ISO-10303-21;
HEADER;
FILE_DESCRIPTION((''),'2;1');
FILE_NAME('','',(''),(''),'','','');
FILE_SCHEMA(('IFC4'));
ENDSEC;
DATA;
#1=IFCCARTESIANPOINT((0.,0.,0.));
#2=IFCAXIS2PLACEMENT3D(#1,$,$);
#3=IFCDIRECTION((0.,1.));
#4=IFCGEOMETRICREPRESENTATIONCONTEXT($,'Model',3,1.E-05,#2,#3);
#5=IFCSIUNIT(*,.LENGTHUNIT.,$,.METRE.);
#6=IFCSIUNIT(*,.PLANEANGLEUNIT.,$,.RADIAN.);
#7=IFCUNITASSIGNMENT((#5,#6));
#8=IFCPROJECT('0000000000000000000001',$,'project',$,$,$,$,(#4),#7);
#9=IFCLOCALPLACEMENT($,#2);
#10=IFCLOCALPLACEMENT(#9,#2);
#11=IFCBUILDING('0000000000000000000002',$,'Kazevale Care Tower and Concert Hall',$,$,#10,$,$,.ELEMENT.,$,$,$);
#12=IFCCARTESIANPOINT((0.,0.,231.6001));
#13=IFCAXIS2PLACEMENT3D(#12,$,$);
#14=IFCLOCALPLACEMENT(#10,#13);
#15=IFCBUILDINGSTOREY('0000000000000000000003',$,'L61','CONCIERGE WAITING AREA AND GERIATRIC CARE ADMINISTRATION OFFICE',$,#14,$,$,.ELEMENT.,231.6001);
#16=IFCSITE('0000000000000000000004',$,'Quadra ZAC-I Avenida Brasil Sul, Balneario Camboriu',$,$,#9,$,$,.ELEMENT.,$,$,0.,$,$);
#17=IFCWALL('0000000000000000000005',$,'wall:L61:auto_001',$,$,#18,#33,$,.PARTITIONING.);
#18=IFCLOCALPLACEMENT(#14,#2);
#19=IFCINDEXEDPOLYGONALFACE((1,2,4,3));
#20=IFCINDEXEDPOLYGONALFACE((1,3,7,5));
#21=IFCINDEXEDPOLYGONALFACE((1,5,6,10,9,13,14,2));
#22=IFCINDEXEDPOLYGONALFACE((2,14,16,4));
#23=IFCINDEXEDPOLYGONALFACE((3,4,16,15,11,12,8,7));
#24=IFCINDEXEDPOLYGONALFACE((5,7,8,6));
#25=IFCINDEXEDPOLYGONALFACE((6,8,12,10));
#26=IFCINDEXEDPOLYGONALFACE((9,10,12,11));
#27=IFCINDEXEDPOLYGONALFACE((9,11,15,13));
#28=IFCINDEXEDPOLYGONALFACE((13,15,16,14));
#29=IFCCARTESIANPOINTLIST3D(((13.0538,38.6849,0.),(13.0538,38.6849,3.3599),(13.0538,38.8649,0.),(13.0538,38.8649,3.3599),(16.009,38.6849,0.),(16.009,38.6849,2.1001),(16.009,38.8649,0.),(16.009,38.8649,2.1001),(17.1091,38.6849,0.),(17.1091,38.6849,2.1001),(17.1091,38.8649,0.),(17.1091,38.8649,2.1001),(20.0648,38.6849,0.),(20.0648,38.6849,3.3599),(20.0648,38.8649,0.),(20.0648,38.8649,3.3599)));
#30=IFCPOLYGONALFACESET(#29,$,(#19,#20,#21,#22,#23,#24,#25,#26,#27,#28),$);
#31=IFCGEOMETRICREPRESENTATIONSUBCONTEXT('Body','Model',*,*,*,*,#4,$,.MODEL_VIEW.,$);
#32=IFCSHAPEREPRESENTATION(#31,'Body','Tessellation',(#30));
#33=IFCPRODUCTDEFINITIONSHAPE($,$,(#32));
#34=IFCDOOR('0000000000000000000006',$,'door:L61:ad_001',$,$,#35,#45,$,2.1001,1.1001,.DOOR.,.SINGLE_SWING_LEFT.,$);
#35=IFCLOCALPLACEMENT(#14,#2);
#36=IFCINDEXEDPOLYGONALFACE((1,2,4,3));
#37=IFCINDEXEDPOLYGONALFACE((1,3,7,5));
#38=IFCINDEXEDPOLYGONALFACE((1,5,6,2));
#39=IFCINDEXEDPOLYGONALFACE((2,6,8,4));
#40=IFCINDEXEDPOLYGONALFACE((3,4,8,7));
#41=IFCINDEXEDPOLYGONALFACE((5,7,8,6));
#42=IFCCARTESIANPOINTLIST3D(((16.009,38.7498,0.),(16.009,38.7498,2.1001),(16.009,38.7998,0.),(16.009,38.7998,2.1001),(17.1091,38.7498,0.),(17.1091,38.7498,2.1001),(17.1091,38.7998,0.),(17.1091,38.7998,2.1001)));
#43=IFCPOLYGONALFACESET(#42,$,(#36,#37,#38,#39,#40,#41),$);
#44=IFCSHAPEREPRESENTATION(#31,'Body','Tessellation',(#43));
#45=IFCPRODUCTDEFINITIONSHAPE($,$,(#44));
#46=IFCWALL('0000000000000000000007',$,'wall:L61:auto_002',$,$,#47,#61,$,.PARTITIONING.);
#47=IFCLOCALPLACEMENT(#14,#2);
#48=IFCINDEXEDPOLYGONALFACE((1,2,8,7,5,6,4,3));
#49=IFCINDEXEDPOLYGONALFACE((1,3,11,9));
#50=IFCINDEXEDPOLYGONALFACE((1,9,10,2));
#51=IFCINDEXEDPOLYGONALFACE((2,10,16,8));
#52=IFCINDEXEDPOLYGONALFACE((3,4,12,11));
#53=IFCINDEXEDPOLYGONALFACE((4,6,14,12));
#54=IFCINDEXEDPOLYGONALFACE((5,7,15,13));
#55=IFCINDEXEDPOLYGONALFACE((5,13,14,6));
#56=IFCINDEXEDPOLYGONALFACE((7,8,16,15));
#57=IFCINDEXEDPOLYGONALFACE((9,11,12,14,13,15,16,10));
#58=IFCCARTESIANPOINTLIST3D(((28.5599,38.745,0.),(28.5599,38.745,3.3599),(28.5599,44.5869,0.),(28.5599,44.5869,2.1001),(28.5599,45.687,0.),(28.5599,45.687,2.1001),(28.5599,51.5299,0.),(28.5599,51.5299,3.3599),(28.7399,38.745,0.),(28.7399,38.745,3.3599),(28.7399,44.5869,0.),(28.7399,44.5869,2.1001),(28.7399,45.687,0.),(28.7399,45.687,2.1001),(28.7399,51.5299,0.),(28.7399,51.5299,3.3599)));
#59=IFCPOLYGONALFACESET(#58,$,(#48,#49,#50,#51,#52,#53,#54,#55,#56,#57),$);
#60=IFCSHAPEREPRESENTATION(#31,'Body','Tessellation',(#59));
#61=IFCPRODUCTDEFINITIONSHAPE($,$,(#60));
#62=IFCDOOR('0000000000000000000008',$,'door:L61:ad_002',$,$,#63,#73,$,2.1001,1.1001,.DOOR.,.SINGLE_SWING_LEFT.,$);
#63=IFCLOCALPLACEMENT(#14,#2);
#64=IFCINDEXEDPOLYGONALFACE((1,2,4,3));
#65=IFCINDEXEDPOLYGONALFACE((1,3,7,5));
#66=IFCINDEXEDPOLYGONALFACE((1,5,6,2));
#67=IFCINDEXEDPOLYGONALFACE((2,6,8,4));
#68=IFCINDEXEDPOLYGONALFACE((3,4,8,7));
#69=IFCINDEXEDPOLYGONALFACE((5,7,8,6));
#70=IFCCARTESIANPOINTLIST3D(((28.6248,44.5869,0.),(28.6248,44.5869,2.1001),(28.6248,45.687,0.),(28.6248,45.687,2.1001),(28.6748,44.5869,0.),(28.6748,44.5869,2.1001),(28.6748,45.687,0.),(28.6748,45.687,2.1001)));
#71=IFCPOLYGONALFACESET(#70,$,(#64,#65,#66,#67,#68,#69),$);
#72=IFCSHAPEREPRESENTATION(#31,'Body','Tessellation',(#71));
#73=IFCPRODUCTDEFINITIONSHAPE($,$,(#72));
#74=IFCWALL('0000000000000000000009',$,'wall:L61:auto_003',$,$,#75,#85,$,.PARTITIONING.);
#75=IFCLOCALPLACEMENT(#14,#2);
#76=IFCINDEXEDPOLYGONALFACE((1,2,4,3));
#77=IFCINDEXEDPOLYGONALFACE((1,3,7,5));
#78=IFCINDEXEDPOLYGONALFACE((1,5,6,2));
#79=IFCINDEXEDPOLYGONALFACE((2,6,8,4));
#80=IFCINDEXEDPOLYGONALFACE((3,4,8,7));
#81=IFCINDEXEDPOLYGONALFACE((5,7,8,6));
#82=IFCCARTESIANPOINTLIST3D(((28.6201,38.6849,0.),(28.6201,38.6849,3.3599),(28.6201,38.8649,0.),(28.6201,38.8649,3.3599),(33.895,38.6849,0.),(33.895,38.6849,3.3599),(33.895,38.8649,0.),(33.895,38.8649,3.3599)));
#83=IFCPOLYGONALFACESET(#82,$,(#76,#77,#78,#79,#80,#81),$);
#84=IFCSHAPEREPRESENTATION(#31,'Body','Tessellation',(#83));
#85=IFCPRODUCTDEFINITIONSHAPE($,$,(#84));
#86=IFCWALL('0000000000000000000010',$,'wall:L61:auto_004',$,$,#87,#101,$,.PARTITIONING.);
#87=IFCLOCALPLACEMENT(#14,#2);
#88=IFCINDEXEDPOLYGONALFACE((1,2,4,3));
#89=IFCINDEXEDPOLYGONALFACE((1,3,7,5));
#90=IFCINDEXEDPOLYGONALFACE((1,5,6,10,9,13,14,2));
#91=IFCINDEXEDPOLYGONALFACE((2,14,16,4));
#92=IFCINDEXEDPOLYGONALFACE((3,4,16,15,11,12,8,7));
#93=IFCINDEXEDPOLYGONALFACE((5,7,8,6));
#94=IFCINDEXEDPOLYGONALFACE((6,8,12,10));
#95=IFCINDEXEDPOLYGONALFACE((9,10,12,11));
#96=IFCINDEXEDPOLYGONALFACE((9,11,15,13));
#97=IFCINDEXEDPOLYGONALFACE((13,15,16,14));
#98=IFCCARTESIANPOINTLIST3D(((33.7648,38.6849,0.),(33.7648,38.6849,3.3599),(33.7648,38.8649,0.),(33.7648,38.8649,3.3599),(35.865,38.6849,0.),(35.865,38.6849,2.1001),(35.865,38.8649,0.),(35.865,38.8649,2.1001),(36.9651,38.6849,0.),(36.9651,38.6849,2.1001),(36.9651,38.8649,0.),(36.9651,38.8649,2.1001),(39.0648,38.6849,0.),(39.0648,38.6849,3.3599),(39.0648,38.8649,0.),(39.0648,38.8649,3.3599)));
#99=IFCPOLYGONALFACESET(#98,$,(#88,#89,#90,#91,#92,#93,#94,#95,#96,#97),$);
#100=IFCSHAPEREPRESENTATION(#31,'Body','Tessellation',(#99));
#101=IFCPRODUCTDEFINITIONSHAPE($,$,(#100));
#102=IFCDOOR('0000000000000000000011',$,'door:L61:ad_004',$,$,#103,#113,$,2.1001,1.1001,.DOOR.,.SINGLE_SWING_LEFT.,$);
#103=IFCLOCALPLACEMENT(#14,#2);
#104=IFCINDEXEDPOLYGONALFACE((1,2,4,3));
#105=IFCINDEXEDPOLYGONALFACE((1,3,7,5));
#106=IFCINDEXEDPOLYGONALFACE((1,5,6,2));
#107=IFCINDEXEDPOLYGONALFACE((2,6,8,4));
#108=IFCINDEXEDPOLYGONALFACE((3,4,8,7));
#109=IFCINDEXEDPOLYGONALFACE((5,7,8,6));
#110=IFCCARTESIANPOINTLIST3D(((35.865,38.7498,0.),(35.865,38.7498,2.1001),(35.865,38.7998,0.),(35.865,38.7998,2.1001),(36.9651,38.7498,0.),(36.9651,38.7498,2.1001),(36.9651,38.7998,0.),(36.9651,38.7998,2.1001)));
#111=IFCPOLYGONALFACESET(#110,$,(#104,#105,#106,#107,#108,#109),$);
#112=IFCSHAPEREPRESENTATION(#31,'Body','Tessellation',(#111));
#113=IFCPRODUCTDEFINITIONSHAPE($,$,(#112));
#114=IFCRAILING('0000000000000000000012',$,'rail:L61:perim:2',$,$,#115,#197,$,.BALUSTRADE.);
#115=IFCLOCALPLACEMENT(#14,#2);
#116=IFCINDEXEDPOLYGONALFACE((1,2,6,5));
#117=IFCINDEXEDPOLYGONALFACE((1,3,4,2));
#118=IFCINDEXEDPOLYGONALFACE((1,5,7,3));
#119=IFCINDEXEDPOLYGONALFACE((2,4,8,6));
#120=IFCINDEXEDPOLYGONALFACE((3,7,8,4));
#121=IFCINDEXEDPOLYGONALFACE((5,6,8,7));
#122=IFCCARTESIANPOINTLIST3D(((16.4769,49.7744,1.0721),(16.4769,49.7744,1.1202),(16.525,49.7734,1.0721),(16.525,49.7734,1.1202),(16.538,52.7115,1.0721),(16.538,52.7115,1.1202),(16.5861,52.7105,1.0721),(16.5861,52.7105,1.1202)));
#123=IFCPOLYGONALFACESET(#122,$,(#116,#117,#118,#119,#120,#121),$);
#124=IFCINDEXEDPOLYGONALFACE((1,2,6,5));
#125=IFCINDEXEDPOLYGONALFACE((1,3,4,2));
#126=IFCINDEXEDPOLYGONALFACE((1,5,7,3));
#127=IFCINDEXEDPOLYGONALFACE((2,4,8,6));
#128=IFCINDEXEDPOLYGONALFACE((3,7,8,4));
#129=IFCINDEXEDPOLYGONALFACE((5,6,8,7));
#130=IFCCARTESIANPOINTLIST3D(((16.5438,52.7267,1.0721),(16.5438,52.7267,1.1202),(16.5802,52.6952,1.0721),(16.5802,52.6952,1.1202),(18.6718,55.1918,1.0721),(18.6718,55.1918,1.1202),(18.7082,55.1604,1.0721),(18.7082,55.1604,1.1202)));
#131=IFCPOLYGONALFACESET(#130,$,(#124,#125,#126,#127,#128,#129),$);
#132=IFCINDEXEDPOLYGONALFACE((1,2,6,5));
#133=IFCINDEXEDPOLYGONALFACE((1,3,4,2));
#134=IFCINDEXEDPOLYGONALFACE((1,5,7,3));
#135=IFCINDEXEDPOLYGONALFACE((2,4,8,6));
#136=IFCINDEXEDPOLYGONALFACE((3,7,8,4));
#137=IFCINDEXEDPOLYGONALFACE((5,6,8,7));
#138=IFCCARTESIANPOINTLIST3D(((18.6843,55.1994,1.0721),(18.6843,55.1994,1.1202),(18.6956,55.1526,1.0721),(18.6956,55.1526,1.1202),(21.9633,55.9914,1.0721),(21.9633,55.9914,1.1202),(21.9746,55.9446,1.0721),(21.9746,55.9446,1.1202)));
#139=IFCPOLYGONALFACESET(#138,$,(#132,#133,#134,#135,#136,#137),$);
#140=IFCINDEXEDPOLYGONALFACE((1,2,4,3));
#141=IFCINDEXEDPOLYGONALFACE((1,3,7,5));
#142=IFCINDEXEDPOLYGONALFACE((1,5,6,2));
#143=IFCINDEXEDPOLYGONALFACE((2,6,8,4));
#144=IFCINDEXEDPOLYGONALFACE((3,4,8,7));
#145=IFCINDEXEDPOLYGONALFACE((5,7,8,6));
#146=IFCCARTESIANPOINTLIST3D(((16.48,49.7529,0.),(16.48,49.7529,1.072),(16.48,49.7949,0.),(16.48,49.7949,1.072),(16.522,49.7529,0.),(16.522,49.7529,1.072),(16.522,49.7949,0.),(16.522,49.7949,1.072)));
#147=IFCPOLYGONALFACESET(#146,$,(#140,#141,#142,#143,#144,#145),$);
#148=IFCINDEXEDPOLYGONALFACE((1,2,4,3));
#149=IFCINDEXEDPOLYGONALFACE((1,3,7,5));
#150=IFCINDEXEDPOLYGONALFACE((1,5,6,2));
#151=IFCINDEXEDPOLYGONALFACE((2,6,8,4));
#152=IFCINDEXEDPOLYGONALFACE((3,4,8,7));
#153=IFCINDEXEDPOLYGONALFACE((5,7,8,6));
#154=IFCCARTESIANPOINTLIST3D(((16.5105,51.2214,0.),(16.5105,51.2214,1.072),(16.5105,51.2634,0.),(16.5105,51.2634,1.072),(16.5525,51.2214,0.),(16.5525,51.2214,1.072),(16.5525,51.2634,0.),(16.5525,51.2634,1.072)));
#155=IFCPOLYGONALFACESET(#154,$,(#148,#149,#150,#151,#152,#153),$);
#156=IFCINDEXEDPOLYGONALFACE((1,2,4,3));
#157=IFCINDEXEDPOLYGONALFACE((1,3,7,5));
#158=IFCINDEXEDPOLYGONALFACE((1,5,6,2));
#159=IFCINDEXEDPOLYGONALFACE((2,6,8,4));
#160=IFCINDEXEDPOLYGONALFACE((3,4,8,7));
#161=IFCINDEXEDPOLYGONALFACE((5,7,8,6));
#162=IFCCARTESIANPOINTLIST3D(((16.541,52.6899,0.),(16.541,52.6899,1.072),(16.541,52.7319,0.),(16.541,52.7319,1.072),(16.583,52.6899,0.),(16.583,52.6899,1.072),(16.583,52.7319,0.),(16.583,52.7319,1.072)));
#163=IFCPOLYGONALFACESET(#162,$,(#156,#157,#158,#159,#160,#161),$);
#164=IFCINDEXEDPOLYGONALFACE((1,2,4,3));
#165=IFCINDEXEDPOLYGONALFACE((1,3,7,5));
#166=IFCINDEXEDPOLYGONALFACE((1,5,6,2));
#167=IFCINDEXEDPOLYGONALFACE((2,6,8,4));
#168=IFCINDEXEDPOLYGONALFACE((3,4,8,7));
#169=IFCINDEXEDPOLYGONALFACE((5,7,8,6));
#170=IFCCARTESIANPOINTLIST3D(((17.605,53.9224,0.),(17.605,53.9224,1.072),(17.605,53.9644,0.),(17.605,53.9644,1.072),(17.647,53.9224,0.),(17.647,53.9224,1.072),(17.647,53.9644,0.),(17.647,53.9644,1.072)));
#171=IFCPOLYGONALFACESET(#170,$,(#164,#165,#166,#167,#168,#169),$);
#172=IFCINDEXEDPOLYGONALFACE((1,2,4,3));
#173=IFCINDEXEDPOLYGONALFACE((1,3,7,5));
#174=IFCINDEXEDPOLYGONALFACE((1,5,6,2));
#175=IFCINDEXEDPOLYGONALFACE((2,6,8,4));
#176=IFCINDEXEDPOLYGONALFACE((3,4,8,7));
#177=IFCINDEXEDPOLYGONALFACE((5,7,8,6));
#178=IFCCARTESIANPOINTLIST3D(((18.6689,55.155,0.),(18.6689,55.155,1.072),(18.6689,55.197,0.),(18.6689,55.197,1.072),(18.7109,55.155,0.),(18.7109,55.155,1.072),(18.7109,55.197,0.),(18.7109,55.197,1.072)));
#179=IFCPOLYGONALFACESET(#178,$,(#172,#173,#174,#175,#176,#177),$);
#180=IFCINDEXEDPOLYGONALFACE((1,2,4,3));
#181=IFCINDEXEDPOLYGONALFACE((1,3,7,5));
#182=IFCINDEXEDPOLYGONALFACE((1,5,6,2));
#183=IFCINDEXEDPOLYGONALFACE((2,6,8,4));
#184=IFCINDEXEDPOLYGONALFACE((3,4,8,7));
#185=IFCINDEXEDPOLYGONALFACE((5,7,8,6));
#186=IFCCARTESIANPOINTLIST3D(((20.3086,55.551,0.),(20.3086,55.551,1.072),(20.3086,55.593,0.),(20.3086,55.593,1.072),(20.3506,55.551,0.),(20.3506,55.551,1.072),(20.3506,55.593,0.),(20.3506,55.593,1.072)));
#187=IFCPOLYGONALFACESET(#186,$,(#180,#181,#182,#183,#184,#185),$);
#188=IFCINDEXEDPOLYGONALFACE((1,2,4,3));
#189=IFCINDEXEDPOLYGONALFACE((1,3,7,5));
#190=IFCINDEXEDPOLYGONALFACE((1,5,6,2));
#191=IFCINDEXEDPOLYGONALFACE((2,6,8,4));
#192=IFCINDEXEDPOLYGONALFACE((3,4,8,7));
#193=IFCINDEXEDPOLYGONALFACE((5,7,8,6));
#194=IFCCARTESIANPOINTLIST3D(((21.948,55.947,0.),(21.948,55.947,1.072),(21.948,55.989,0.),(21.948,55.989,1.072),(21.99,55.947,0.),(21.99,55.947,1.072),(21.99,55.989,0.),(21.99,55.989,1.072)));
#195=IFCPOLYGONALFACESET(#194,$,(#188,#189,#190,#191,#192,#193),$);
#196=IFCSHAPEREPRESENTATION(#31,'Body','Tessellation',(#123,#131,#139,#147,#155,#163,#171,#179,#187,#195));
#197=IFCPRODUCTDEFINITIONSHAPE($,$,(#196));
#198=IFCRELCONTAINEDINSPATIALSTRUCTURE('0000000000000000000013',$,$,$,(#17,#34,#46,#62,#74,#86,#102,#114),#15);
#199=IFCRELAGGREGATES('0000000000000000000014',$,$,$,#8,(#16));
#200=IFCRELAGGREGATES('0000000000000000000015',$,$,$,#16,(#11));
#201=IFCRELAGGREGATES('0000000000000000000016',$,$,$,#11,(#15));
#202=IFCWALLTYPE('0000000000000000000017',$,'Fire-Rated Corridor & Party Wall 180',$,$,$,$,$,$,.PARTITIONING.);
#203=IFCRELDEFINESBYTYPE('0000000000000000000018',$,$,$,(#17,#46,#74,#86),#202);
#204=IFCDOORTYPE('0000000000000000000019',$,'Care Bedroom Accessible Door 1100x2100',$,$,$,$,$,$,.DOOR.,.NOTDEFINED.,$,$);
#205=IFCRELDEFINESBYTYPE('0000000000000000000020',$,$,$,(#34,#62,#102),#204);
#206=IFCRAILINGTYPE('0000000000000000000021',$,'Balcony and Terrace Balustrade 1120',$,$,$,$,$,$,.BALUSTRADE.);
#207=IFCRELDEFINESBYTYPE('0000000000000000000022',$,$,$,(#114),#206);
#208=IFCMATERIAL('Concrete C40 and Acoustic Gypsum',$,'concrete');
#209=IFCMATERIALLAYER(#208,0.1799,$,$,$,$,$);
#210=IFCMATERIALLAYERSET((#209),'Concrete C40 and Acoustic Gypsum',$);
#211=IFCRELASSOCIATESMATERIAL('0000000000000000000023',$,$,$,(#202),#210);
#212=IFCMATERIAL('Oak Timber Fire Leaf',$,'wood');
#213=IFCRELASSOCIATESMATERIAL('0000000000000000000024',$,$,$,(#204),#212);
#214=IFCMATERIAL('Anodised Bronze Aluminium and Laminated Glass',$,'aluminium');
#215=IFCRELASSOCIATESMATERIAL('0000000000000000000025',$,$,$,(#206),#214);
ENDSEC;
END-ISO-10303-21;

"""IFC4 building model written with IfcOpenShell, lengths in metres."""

from ifc_helpers import new_model, si_unit, direction, frame, frame_2d, origin, origin_2d, place, context, subcontext, project, spatial, rectangle, extrude, material, layer, layer_set, type_object, element, fill, save


model = new_model("IFC4")

# Units and contexts
model_context = context("Model", 3, precision=1e-05, world=origin(), true_north=direction((0.0, 1.0)))
body_context = subcontext(model_context, "Body", "Model", "MODEL_VIEW")
ifc_project = project(units=[si_unit("LENGTHUNIT", "METRE"), si_unit("PLANEANGLEUNIT", "RADIAN")], contexts=[model_context])

# Site, building, storey
site_placement = place(None, origin())
site = spatial("IfcSite", under=ifc_project, at=site_placement, Name="Quadra ZAC-I Avenida Brasil Sul, Balneario Camboriu", CompositionType="ELEMENT", RefElevation=0.0)
building_placement = place(site_placement, origin())
building = spatial("IfcBuilding", under=site, at=building_placement, Name="Kazevale Care Tower and Concert Hall", CompositionType="ELEMENT")
storey_placement = place(building_placement, frame((0.0, 0.0, 231.6001)))
storey = spatial("IfcBuildingStorey", under=building, at=storey_placement, Name="L61", Description="CONCIERGE WAITING AREA AND GERIATRIC CARE ADMINISTRATION OFFICE", CompositionType="ELEMENT", Elevation=231.6001)

# Walls, openings, doors
ifc_material_1 = material(Name="Concrete C40 and Acoustic Gypsum", Category="concrete")
ifc_layer_1 = layer(ifc_material_1, 0.1799)
ifc_layer_set_1 = layer_set([ifc_layer_1], Name="Concrete C40 and Acoustic Gypsum")
wall_type_1 = type_object("IfcWallType", Name="Fire-Rated Corridor & Party Wall 180", PredefinedType="PARTITIONING", material=ifc_layer_set_1)
wall_1_placement = place(storey_placement, frame((13.054, 38.7749, 0.0), z_axis=(0.0, 0.0, 1.0), x_axis=(1.0, 0.0, 0.0)))
wall_1 = element("IfcWall", 1, at=wall_1_placement, inside=storey, type_object=wall_type_1, Name="wall:L61:auto_001", PredefinedType="PARTITIONING", context=body_context, shape_type="SweptSolid", body=[
    extrude(rectangle(XDim=7.011, YDim=0.1799, at=frame_2d((3.5054, 0.0))), origin(), (0.0, 0.0, 1.0), 3.3599),
])
opening_1_placement = place(wall_1_placement, frame((2.9551, 0.0, 0.0)))
opening_1 = element("IfcOpeningElement", 2, at=opening_1_placement, cuts=wall_1, PredefinedType="OPENING", context=body_context, shape_type="SweptSolid", body=[
    extrude(rectangle(XDim=1.1001, YDim=2.1001, at=frame_2d((0.55, 1.05))), frame((0.0, 0.0999, 0.0), z_axis=(0.0, -1.0, 0.0), x_axis=(1.0, 0.0, 0.0)), (0.0, 0.0, 1.0), 0.2),
])
ifc_material_2 = material(Name="Oak Timber Fire Leaf", Category="wood")
door_type = type_object("IfcDoorType", Name="Care Bedroom Accessible Door 1100x2100", OperationType="NOTDEFINED", PredefinedType="DOOR", material=ifc_material_2)
door_1_placement = place(opening_1_placement, origin())
door_1 = element("IfcDoor", 3, at=door_1_placement, inside=storey, type_object=door_type, Name="door:L61:ad_001", OperationType="SINGLE_SWING_LEFT", OverallHeight=2.1001, OverallWidth=1.1001, PredefinedType="DOOR", context=body_context, shape_type="SweptSolid", body=[
    extrude(rectangle(XDim=1.1001, YDim=2.1001, at=frame_2d((0.55, 1.05))), frame((0.0, 0.0249, 0.0), z_axis=(0.0, -1.0, 0.0), x_axis=(1.0, 0.0, 0.0)), (0.0, 0.0, 1.0), 0.05),
])
fill(opening_1, door_1)
wall_2_placement = place(storey_placement, frame((28.6499, 51.53, 0.0), z_axis=(0.0, 0.0, 1.0), x_axis=(0.0, -1.0, 0.0)))
wall_2 = element("IfcWall", 4, at=wall_2_placement, inside=storey, type_object=wall_type_1, Name="wall:L61:auto_002", PredefinedType="PARTITIONING", context=body_context, shape_type="SweptSolid", body=[
    extrude(rectangle(XDim=12.7849, YDim=0.1799, at=frame_2d((6.3926, 0.0))), origin(), (0.0, 0.0, 1.0), 3.3599),
])
opening_2_placement = place(wall_2_placement, frame((5.843, 0.0, 0.0)))
opening_2 = element("IfcOpeningElement", 5, at=opening_2_placement, cuts=wall_2, PredefinedType="OPENING", context=body_context, shape_type="SweptSolid", body=[
    extrude(rectangle(XDim=1.1001, YDim=2.1001, at=frame_2d((0.55, 1.05))), frame((0.0, 0.0999, 0.0), z_axis=(0.0, -1.0, 0.0), x_axis=(1.0, 0.0, 0.0)), (0.0, 0.0, 1.0), 0.2),
])
door_2_placement = place(opening_2_placement, origin())
door_2 = element("IfcDoor", 6, at=door_2_placement, inside=storey, type_object=door_type, Name="door:L61:ad_002", OperationType="SINGLE_SWING_LEFT", OverallHeight=2.1001, OverallWidth=1.1001, PredefinedType="DOOR", context=body_context, shape_type="SweptSolid", body=[
    extrude(rectangle(XDim=1.1001, YDim=2.1001, at=frame_2d((0.55, 1.05))), frame((0.0, 0.0249, 0.0), z_axis=(0.0, -1.0, 0.0), x_axis=(1.0, 0.0, 0.0)), (0.0, 0.0, 1.0), 0.05),
])
fill(opening_2, door_2)

# Wall
wall_3_placement = place(storey_placement, frame((28.6201, 38.7749, 0.0), z_axis=(0.0, 0.0, 1.0), x_axis=(1.0, 0.0, 0.0)))
element("IfcWall", 7, at=wall_3_placement, inside=storey, type_object=wall_type_1, Name="wall:L61:auto_003", PredefinedType="PARTITIONING", context=body_context, shape_type="SweptSolid", body=[
    extrude(rectangle(XDim=5.2749, YDim=0.1799, at=frame_2d((2.6375, 0.0))), origin(), (0.0, 0.0, 1.0), 3.3599),
])

# Wall, opening, door
wall_4_placement = place(storey_placement, frame((33.7649, 38.7749, 0.0), z_axis=(0.0, 0.0, 1.0), x_axis=(1.0, 0.0, 0.0)))
wall_4 = element("IfcWall", 8, at=wall_4_placement, inside=storey, type_object=wall_type_1, Name="wall:L61:auto_004", PredefinedType="PARTITIONING", context=body_context, shape_type="SweptSolid", body=[
    extrude(rectangle(XDim=5.3, YDim=0.1799, at=frame_2d((2.6499, 0.0))), origin(), (0.0, 0.0, 1.0), 3.3599),
])
opening_3_placement = place(wall_4_placement, frame((2.1001, 0.0, 0.0)))
opening_3 = element("IfcOpeningElement", 9, at=opening_3_placement, cuts=wall_4, PredefinedType="OPENING", context=body_context, shape_type="SweptSolid", body=[
    extrude(rectangle(XDim=1.1001, YDim=2.1001, at=frame_2d((0.55, 1.05))), frame((0.0, 0.0999, 0.0), z_axis=(0.0, -1.0, 0.0), x_axis=(1.0, 0.0, 0.0)), (0.0, 0.0, 1.0), 0.2),
])
door_3_placement = place(opening_3_placement, origin())
door_3 = element("IfcDoor", 10, at=door_3_placement, inside=storey, type_object=door_type, Name="door:L61:ad_004", OperationType="SINGLE_SWING_LEFT", OverallHeight=2.1001, OverallWidth=1.1001, PredefinedType="DOOR", context=body_context, shape_type="SweptSolid", body=[
    extrude(rectangle(XDim=1.1001, YDim=2.1001, at=frame_2d((0.55, 1.05))), frame((0.0, 0.0249, 0.0), z_axis=(0.0, -1.0, 0.0), x_axis=(1.0, 0.0, 0.0)), (0.0, 0.0, 1.0), 0.05),
])
fill(opening_3, door_3)

# Railing
ifc_material_3 = material(Name="Anodised Bronze Aluminium and Laminated Glass", Category="aluminium")
railing_type = type_object("IfcRailingType", Name="Balcony and Terrace Balustrade 1120", PredefinedType="BALUSTRADE", material=ifc_material_3)
railing_1_placement = place(storey_placement, frame((16.501, 49.7739, 0.0)))
element("IfcRailing", 11, at=railing_1_placement, inside=storey, type_object=railing_type, Name="rail:L61:perim:2", PredefinedType="BALUSTRADE", context=body_context, shape_type="SweptSolid", body=[
    extrude(rectangle(XDim=0.0481, YDim=0.0481, at=origin_2d()), frame((0.0, 0.0, 1.0962), z_axis=(0.020777, 0.999784, 0.0), x_axis=(-0.999784, 0.020777, 0.0)), (0.0, 0.0, 1.0), 2.9377),
    extrude(rectangle(XDim=0.0481, YDim=0.0481, at=origin_2d()), frame((0.061, 2.937, 1.0962), z_axis=(0.653442, 0.756976, 0.0), x_axis=(-0.756976, 0.653442, 0.0)), (0.0, 0.0, 1.0), 3.2566),
    extrude(rectangle(XDim=0.0481, YDim=0.0481, at=origin_2d()), frame((2.189, 5.4021, 1.0962), z_axis=(0.972049, 0.23478, 0.0), x_axis=(-0.23478, 0.972049, 0.0)), (0.0, 0.0, 1.0), 3.3733),
    extrude(rectangle(XDim=0.042, YDim=0.042, at=origin_2d()), origin(), (0.0, 0.0, 1.0), 1.072),
    extrude(rectangle(XDim=0.042, YDim=0.042, at=origin_2d()), frame((0.0305, 1.4685, 0.0)), (0.0, 0.0, 1.0), 1.072),
    extrude(rectangle(XDim=0.042, YDim=0.042, at=origin_2d()), frame((0.061, 2.937, 0.0)), (0.0, 0.0, 1.0), 1.072),
    extrude(rectangle(XDim=0.042, YDim=0.042, at=origin_2d()), frame((1.125, 4.1694, 0.0)), (0.0, 0.0, 1.0), 1.072),
    extrude(rectangle(XDim=0.042, YDim=0.042, at=origin_2d()), frame((2.189, 5.4021, 0.0)), (0.0, 0.0, 1.0), 1.072),
    extrude(rectangle(XDim=0.042, YDim=0.042, at=origin_2d()), frame((3.8286, 5.7981, 0.0)), (0.0, 0.0, 1.0), 1.072),
    extrude(rectangle(XDim=0.042, YDim=0.042, at=origin_2d()), frame((5.468, 6.1941, 0.0)), (0.0, 0.0, 1.0), 1.072),
])

save(model, "model.ifc")
